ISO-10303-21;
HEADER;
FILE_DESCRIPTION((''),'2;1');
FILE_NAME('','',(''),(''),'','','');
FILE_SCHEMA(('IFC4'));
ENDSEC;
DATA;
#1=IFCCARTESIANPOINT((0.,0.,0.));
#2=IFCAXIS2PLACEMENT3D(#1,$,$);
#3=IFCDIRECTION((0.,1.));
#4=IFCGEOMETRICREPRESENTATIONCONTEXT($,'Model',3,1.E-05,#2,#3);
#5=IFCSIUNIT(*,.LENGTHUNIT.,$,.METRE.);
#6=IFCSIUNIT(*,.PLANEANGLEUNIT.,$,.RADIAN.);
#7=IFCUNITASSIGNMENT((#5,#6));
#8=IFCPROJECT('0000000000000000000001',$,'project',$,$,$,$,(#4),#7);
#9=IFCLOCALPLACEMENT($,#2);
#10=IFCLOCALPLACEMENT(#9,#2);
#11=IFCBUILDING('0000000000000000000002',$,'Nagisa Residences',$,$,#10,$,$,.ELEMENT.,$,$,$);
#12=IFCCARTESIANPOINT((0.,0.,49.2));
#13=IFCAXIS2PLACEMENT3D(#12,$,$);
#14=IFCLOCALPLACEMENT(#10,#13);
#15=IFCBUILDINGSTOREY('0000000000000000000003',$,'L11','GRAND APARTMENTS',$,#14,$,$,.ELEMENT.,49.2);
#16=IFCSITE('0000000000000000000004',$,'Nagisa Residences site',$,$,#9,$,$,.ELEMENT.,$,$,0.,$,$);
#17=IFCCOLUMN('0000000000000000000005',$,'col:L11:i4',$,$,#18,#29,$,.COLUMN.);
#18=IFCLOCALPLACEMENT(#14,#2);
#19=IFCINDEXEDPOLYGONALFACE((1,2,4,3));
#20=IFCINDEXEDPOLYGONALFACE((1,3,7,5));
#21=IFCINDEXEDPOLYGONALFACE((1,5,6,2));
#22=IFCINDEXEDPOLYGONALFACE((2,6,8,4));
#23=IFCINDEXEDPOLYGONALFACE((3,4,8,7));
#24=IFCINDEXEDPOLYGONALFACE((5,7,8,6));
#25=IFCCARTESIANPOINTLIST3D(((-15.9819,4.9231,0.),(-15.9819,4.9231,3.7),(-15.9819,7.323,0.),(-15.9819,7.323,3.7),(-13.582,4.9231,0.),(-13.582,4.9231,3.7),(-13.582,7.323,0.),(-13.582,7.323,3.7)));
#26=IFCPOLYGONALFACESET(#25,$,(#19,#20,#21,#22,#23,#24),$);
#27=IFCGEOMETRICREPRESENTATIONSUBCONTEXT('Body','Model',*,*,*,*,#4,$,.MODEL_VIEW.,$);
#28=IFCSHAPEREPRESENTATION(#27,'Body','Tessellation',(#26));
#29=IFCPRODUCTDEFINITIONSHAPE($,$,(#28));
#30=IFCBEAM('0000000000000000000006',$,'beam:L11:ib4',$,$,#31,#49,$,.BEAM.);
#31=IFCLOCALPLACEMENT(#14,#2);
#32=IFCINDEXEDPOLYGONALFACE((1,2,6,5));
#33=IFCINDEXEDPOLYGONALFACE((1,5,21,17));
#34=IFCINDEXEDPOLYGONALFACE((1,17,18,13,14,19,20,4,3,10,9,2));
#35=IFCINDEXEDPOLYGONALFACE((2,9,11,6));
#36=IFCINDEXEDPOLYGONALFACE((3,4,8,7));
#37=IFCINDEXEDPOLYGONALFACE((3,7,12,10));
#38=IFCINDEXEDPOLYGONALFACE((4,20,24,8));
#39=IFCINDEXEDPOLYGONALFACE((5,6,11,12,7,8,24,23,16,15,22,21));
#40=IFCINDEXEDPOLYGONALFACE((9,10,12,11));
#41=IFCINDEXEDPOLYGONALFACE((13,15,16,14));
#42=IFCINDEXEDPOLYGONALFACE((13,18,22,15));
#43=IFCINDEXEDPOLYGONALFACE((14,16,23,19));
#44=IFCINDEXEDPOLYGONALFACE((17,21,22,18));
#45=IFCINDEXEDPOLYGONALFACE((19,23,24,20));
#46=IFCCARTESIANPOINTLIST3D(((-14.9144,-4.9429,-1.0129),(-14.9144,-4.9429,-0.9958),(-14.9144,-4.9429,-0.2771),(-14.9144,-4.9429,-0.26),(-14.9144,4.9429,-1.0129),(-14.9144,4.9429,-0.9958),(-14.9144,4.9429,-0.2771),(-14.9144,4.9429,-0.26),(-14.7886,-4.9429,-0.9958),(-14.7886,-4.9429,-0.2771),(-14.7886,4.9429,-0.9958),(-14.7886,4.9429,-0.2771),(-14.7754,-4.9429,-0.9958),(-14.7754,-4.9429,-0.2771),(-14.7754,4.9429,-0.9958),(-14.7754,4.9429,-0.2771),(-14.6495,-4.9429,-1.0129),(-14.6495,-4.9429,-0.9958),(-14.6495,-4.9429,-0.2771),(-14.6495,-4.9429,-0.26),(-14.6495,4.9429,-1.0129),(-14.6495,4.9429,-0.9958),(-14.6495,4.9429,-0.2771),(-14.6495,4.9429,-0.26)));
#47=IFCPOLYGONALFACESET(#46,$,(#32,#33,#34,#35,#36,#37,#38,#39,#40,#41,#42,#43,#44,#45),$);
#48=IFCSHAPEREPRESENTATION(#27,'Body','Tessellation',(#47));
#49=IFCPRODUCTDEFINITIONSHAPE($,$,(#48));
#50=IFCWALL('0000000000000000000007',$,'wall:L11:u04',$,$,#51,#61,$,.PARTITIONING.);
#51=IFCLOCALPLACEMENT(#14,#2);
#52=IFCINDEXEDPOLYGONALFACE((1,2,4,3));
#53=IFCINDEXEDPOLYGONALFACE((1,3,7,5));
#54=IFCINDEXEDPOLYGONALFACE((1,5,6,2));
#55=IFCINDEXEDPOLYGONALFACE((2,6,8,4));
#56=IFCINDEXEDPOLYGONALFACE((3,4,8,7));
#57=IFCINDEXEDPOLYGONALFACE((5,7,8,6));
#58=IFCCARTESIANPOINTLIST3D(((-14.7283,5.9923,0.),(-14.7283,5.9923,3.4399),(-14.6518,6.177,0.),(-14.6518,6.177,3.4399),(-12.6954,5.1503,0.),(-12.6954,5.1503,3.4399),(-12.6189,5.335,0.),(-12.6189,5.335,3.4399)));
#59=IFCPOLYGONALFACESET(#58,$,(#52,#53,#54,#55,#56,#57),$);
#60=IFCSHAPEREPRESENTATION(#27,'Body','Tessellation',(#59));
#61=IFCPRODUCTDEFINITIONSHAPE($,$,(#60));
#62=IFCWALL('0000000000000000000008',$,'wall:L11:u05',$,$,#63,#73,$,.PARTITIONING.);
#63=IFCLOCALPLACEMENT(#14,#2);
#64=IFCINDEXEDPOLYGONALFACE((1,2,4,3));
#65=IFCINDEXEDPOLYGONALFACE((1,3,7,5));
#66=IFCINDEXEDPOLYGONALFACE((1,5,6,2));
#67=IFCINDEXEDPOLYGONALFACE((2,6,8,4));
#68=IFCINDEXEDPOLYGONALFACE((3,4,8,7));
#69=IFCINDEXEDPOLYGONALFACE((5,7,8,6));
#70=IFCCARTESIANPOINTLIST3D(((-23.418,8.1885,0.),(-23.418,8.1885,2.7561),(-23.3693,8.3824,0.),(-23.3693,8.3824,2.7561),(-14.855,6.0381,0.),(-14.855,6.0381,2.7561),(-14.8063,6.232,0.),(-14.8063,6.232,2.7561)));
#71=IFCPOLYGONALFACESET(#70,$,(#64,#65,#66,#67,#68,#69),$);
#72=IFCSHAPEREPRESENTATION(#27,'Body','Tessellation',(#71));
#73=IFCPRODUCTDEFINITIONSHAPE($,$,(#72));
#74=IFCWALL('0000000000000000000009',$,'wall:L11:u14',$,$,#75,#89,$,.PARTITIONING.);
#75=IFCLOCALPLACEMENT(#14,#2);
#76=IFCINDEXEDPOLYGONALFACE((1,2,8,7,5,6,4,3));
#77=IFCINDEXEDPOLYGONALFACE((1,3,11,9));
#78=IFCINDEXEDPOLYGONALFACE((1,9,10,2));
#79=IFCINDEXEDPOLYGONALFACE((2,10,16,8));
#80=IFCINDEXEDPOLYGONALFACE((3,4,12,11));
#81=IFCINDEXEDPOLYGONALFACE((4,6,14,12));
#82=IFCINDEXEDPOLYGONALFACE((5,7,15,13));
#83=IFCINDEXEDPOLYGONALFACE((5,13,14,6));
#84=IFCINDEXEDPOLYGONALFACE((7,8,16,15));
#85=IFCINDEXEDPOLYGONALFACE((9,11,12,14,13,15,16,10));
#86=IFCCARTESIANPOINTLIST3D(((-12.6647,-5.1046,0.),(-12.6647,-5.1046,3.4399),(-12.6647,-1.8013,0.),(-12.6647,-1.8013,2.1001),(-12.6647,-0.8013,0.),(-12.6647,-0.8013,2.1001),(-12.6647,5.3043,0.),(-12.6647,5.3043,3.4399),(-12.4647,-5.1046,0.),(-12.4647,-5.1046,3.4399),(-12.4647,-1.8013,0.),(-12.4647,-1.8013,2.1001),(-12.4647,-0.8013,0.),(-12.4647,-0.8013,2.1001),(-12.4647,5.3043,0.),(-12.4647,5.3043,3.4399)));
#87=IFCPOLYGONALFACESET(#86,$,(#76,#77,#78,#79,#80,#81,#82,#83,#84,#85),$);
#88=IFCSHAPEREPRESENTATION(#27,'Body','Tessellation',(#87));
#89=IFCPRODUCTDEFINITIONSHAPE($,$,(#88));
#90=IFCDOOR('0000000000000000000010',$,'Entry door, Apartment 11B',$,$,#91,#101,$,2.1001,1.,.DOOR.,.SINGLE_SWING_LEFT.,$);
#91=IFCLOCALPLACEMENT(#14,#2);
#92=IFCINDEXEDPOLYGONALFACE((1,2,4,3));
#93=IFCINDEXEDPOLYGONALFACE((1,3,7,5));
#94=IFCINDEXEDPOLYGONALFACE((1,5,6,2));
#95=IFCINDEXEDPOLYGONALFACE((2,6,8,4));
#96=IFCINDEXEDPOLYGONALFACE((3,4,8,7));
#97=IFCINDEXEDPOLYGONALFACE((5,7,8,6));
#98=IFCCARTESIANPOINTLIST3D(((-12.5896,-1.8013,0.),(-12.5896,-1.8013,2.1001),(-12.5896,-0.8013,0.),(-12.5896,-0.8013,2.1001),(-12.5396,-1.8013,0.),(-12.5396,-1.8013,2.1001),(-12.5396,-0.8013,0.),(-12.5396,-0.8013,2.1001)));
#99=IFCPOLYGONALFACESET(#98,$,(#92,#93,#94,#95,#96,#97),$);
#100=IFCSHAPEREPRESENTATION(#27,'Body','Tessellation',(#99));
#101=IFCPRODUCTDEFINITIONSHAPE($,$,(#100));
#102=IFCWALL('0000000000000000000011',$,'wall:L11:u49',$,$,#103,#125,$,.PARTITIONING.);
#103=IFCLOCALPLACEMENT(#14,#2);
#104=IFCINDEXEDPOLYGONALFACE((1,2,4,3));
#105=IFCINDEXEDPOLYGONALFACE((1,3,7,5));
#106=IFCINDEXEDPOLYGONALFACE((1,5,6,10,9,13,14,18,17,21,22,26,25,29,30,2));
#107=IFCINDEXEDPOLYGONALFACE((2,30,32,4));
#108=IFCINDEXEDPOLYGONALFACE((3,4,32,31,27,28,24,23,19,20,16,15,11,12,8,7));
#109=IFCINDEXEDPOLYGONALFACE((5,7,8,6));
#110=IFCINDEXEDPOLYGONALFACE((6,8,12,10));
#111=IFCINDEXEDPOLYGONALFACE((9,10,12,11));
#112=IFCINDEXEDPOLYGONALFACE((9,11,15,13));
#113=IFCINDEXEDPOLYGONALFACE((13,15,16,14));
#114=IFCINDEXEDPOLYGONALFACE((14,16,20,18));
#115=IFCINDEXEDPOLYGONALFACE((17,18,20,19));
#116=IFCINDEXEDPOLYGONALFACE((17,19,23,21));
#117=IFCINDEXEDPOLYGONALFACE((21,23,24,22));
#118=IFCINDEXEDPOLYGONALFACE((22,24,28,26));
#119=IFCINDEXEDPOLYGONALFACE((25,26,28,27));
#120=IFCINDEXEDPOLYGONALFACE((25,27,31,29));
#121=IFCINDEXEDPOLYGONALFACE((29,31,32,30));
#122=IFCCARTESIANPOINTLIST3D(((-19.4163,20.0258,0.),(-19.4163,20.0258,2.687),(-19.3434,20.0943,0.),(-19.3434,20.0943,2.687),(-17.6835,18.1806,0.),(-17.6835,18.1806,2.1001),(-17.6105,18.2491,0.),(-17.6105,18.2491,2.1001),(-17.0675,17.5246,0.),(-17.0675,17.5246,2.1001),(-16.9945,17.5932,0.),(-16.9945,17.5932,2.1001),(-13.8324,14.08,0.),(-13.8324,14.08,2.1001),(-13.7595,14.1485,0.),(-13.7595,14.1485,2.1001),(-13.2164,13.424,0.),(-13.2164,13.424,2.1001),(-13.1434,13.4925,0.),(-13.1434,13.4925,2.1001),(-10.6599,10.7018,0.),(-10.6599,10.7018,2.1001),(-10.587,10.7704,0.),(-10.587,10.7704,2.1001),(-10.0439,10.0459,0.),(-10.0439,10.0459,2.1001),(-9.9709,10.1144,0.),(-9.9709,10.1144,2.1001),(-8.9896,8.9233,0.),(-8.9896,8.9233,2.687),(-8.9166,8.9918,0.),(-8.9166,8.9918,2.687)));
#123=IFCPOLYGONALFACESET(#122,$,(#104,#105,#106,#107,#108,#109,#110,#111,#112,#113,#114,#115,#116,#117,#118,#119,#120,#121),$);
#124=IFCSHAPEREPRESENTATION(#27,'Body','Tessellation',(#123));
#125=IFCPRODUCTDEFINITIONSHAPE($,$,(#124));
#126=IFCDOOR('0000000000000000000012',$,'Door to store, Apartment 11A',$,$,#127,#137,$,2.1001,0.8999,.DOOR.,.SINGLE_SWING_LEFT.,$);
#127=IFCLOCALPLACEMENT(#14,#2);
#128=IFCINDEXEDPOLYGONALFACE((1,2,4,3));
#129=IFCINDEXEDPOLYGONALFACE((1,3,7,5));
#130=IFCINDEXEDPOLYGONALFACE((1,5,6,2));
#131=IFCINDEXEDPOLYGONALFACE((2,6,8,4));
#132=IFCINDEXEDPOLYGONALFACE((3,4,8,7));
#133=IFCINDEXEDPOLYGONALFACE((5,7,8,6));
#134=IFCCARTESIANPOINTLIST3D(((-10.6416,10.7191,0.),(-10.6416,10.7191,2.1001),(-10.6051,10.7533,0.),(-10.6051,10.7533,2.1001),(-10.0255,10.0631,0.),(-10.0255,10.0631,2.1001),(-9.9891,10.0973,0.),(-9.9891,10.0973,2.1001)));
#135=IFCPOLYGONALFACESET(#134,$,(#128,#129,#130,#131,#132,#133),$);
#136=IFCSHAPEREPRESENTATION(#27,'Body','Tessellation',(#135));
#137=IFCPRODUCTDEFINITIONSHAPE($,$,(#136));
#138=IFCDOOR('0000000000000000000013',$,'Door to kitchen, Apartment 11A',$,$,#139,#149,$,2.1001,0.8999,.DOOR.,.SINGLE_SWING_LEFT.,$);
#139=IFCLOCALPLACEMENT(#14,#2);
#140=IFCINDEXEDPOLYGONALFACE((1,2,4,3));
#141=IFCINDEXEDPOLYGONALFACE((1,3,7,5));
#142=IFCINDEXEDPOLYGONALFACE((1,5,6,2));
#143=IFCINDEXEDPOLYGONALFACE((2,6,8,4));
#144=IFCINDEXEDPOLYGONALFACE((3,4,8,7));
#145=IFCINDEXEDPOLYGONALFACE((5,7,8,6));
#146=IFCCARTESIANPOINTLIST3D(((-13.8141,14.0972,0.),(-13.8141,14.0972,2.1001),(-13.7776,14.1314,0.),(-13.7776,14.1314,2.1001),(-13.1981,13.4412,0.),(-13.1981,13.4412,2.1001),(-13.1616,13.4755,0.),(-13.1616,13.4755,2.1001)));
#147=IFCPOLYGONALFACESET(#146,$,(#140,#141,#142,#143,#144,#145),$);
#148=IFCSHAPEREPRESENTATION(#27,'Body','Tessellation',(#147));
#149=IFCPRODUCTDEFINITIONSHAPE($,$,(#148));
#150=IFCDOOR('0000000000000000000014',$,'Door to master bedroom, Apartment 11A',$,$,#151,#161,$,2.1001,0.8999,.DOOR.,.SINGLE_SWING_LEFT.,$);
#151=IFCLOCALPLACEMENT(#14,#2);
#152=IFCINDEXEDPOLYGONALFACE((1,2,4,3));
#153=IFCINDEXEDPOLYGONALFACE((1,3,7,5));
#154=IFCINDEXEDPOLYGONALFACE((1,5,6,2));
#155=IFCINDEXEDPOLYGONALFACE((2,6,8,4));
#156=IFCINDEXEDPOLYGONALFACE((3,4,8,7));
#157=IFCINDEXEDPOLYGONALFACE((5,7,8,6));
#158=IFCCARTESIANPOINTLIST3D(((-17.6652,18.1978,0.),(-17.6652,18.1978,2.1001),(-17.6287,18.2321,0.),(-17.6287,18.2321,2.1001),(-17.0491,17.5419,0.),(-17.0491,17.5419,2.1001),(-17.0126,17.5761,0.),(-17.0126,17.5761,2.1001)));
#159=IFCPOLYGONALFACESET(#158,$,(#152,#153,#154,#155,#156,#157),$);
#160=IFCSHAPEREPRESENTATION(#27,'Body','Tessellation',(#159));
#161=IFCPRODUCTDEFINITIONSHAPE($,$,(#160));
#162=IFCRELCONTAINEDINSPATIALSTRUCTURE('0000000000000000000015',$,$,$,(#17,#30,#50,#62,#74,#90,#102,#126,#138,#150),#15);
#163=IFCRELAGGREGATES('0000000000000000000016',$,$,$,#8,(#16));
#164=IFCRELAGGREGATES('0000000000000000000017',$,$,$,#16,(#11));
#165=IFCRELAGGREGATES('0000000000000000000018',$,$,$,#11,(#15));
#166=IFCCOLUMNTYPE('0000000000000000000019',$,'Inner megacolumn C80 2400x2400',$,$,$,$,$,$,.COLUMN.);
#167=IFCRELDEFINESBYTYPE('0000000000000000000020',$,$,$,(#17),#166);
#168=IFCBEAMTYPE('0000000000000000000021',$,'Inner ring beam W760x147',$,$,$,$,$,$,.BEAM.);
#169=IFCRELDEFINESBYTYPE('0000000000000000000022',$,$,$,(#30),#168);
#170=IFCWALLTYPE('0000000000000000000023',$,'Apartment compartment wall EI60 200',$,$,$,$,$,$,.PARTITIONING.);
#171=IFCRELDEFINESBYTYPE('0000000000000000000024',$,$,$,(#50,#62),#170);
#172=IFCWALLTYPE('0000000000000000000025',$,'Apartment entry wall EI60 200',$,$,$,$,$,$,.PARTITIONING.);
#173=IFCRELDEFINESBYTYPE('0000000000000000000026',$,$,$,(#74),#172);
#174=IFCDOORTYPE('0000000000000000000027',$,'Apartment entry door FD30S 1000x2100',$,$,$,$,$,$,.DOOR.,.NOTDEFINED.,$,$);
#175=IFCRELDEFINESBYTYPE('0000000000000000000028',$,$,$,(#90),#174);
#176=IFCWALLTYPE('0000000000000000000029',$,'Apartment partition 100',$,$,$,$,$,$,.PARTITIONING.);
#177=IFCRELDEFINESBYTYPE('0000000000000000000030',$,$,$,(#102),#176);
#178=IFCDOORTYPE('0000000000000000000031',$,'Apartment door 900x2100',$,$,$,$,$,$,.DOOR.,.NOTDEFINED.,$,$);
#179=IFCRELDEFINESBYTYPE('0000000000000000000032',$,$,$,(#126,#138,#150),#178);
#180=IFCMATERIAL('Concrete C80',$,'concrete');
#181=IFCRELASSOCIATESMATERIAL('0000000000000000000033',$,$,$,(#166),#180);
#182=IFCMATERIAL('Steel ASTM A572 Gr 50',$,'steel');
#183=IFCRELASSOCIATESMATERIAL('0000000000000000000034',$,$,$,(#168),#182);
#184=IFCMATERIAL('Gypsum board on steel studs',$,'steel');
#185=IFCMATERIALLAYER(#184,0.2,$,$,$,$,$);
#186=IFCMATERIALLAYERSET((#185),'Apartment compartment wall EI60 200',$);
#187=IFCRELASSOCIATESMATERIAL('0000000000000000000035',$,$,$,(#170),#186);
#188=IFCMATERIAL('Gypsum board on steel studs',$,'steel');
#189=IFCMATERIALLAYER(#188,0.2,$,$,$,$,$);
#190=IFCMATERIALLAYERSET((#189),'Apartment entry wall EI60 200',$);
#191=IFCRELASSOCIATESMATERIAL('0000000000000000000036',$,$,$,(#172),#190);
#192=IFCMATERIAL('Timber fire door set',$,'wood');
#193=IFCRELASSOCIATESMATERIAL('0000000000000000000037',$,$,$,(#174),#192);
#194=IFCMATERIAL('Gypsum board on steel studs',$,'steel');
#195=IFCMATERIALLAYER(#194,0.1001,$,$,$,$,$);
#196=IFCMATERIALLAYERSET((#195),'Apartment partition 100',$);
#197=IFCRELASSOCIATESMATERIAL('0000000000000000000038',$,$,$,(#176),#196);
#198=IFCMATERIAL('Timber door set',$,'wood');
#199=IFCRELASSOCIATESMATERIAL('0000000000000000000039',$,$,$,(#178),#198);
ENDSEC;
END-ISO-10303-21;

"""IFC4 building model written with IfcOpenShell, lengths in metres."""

from ifc_helpers import new_model, si_unit, direction, frame, frame_2d, origin, origin_2d, place, context, subcontext, project, spatial, rectangle, i_section, extrude, material, layer, layer_set, material_profile, profile_set, type_object, element, fill, save


model = new_model("IFC4")

# Units and contexts
model_context = context("Model", 3, precision=1e-05, world=origin(), true_north=direction((0.0, 1.0)))
body_context = subcontext(model_context, "Body", "Model", "MODEL_VIEW")
ifc_project = project(units=[si_unit("LENGTHUNIT", "METRE"), si_unit("PLANEANGLEUNIT", "RADIAN")], contexts=[model_context])

# Site, building, storey
site_placement = place(None, origin())
site = spatial("IfcSite", under=ifc_project, at=site_placement, Name="Nagisa Residences site", CompositionType="ELEMENT", RefElevation=0.0)
building_placement = place(site_placement, origin())
building = spatial("IfcBuilding", under=site, at=building_placement, Name="Nagisa Residences", CompositionType="ELEMENT")
storey_placement = place(building_placement, frame((0.0, 0.0, 49.2)))
storey = spatial("IfcBuildingStorey", under=building, at=storey_placement, Name="L11", Description="GRAND APARTMENTS", CompositionType="ELEMENT", Elevation=49.2)

# Column
ifc_material_1 = material(Name="Concrete C80", Category="concrete")
ifc_material_profile_1 = material_profile(ifc_material_1, rectangle(XDim=2.3999, YDim=2.3999, at=origin_2d()), Name="C80 2400x2400")
ifc_profile_set_1 = profile_set([ifc_material_profile_1], Name="Concrete C80")
column_type = type_object("IfcColumnType", Name="Inner megacolumn C80 2400x2400", PredefinedType="COLUMN", material=ifc_profile_set_1)
column_placement = place(storey_placement, frame((-14.782, 6.123, 0.0), z_axis=(0.0, 0.0, 1.0), x_axis=(1.0, 0.0, 0.0)))
element("IfcColumn", 1, at=column_placement, inside=storey, type_object=column_type, Name="col:L11:i4", PredefinedType="COLUMN", context=body_context, shape_type="SweptSolid", body=[
    extrude(rectangle(XDim=2.3999, YDim=2.3999, at=origin_2d()), origin(), (0.0, 0.0, 1.0), 3.7),
])

# Beam
ifc_material_2 = material(Name="Steel ASTM A572 Gr 50", Category="steel")
ifc_material_profile_2 = material_profile(ifc_material_2, i_section(OverallWidth=0.2649, OverallDepth=0.7529, WebThickness=0.0132, FlangeThickness=0.0171, at=origin_2d()), Name="W760x147")
ifc_profile_set_2 = profile_set([ifc_material_profile_2], Name="Steel ASTM A572 Gr 50")
beam_type = type_object("IfcBeamType", Name="Inner ring beam W760x147", PredefinedType="BEAM", material=ifc_profile_set_2)
beam_placement = place(storey_placement, frame((-14.782, 4.9429, -0.6365), z_axis=(0.0, -1.0, 0.0), x_axis=(1.0, 0.0, 0.0)))
element("IfcBeam", 2, at=beam_placement, inside=storey, type_object=beam_type, Name="beam:L11:ib4", PredefinedType="BEAM", context=body_context, shape_type="SweptSolid", body=[
    extrude(i_section(OverallWidth=0.2649, OverallDepth=0.7529, WebThickness=0.0132, FlangeThickness=0.0171, at=origin_2d()), origin(), (0.0, 0.0, 1.0), 9.8857),
])

# Walls
ifc_material_3 = material(Name="Gypsum board on steel studs", Category="steel")
ifc_layer_1 = layer(ifc_material_3, 0.2)
ifc_layer_set_1 = layer_set([ifc_layer_1], Name="Apartment compartment wall EI60 200")
wall_type_1 = type_object("IfcWallType", Name="Apartment compartment wall EI60 200", PredefinedType="PARTITIONING", material=ifc_layer_set_1)
wall_1_placement = place(storey_placement, frame((-12.6572, 5.2427, 0.0), z_axis=(0.0, 0.0, 1.0), x_axis=(-0.923886, 0.382669, 0.0)))
element("IfcWall", 3, at=wall_1_placement, inside=storey, type_object=wall_type_1, Name="wall:L11:u04", PredefinedType="PARTITIONING", context=body_context, shape_type="SweptSolid", body=[
    extrude(rectangle(XDim=2.2004, YDim=0.2, at=frame_2d((1.1001, 0.0))), origin(), (0.0, 0.0, 1.0), 3.4399),
])
wall_2_placement = place(storey_placement, frame((-14.8306, 6.135, 0.0), z_axis=(0.0, 0.0, 1.0), x_axis=(-0.969885, 0.243564, 0.0)))
element("IfcWall", 4, at=wall_2_placement, inside=storey, type_object=wall_type_1, Name="wall:L11:u05", PredefinedType="PARTITIONING", context=body_context, shape_type="SweptSolid", body=[
    extrude(rectangle(XDim=8.8289, YDim=0.2, at=frame_2d((4.4146, 0.0))), origin(), (0.0, 0.0, 1.0), 2.7561),
])

# Wall, opening, door
ifc_material_4 = material(Name="Gypsum board on steel studs", Category="steel")
ifc_layer_2 = layer(ifc_material_4, 0.2)
ifc_layer_set_2 = layer_set([ifc_layer_2], Name="Apartment entry wall EI60 200")
wall_type_2 = type_object("IfcWallType", Name="Apartment entry wall EI60 200", PredefinedType="PARTITIONING", material=ifc_layer_set_2)
wall_3_placement = place(storey_placement, frame((-12.5647, 5.3044, 0.0), z_axis=(0.0, 0.0, 1.0), x_axis=(0.0, -1.0, 0.0)))
wall_3 = element("IfcWall", 5, at=wall_3_placement, inside=storey, type_object=wall_type_2, Name="wall:L11:u14", PredefinedType="PARTITIONING", context=body_context, shape_type="SweptSolid", body=[
    extrude(rectangle(XDim=10.4089, YDim=0.2, at=frame_2d((5.2046, 0.0))), origin(), (0.0, 0.0, 1.0), 3.4399),
])
opening_1_placement = place(wall_3_placement, frame((6.1057, 0.0, 0.0)))
opening_1 = element("IfcOpeningElement", 6, at=opening_1_placement, cuts=wall_3, PredefinedType="OPENING", context=body_context, shape_type="SweptSolid", body=[
    extrude(rectangle(XDim=1.0, YDim=2.1001, at=frame_2d((0.5, 1.05))), frame((0.0, 0.1099, 0.0), z_axis=(0.0, -1.0, 0.0), x_axis=(1.0, 0.0, 0.0)), (0.0, 0.0, 1.0), 0.22),
])
ifc_material_5 = material(Name="Timber fire door set", Category="wood")
door_type_1 = type_object("IfcDoorType", Name="Apartment entry door FD30S 1000x2100", OperationType="NOTDEFINED", PredefinedType="DOOR", material=ifc_material_5)
door_1_placement = place(opening_1_placement, frame((1.0, 0.0, 0.0), x_axis=(-1.0, 0.0, 0.0)))
door_1 = element("IfcDoor", 7, at=door_1_placement, inside=storey, type_object=door_type_1, Name="Entry door, Apartment 11B", OperationType="SINGLE_SWING_LEFT", OverallHeight=2.1001, OverallWidth=1.0, PredefinedType="DOOR", context=body_context, shape_type="SweptSolid", body=[
    extrude(rectangle(XDim=1.0, YDim=2.1001, at=frame_2d((0.5, 1.05))), frame((0.0, 0.0249, 0.0), z_axis=(0.0, -1.0, 0.0), x_axis=(1.0, 0.0, 0.0)), (0.0, 0.0, 1.0), 0.05),
])
fill(opening_1, door_1)

# Wall, openings, doors
ifc_material_6 = material(Name="Gypsum board on steel studs", Category="steel")
ifc_layer_3 = layer(ifc_material_6, 0.1001)
ifc_layer_set_3 = layer_set([ifc_layer_3], Name="Apartment partition 100")
wall_type_3 = type_object("IfcWallType", Name="Apartment partition 100", PredefinedType="PARTITIONING", material=ifc_layer_set_3)
wall_4_placement = place(storey_placement, frame((-8.9531, 8.9575, 0.0), z_axis=(0.0, 0.0, 1.0), x_axis=(-0.684574, 0.728943, 0.0)))
wall_4 = element("IfcWall", 8, at=wall_4_placement, inside=storey, type_object=wall_type_3, Name="wall:L11:u49", PredefinedType="PARTITIONING", context=body_context, shape_type="SweptSolid", body=[
    extrude(rectangle(XDim=15.231, YDim=0.1001, at=frame_2d((7.6155, 0.0))), origin(), (0.0, 0.0, 1.0), 2.687),
])
opening_2_placement = place(wall_4_placement, frame((1.54, 0.0, 0.0)))
opening_2 = element("IfcOpeningElement", 9, at=opening_2_placement, cuts=wall_4, PredefinedType="OPENING", context=body_context, shape_type="SweptSolid", body=[
    extrude(rectangle(XDim=0.8999, YDim=2.1001, at=frame_2d((0.45, 1.05))), frame((0.0, 0.0601, 0.0), z_axis=(0.0, -1.0, 0.0), x_axis=(1.0, 0.0, 0.0)), (0.0, 0.0, 1.0), 0.1201),
])
opening_3_placement = place(wall_4_placement, frame((6.1743, 0.0, 0.0)))
opening_3 = element("IfcOpeningElement", 10, at=opening_3_placement, cuts=wall_4, PredefinedType="OPENING", context=body_context, shape_type="SweptSolid", body=[
    extrude(rectangle(XDim=0.8999, YDim=2.1001, at=frame_2d((0.45, 1.05))), frame((0.0, 0.0601, 0.0), z_axis=(0.0, -1.0, 0.0), x_axis=(1.0, 0.0, 0.0)), (0.0, 0.0, 1.0), 0.1201),
])
opening_4_placement = place(wall_4_placement, frame((11.7998, 0.0, 0.0)))
opening_4 = element("IfcOpeningElement", 11, at=opening_4_placement, cuts=wall_4, PredefinedType="OPENING", context=body_context, shape_type="SweptSolid", body=[
    extrude(rectangle(XDim=0.8999, YDim=2.1001, at=frame_2d((0.45, 1.05))), frame((0.0, 0.0601, 0.0), z_axis=(0.0, -1.0, 0.0), x_axis=(1.0, 0.0, 0.0)), (0.0, 0.0, 1.0), 0.1201),
])
ifc_material_7 = material(Name="Timber door set", Category="wood")
door_type_2 = type_object("IfcDoorType", Name="Apartment door 900x2100", OperationType="NOTDEFINED", PredefinedType="DOOR", material=ifc_material_7)
door_2_placement = place(opening_2_placement, origin())
door_2 = element("IfcDoor", 12, at=door_2_placement, inside=storey, type_object=door_type_2, Name="Door to store, Apartment 11A", OperationType="SINGLE_SWING_LEFT", OverallHeight=2.1001, OverallWidth=0.8999, PredefinedType="DOOR", context=body_context, shape_type="SweptSolid", body=[
    extrude(rectangle(XDim=0.8999, YDim=2.1001, at=frame_2d((0.45, 1.05))), frame((0.0, 0.0249, 0.0), z_axis=(0.0, -1.0, 0.0), x_axis=(1.0, 0.0, 0.0)), (0.0, 0.0, 1.0), 0.05),
])
fill(opening_2, door_2)
door_3_placement = place(opening_3_placement, origin())
door_3 = element("IfcDoor", 13, at=door_3_placement, inside=storey, type_object=door_type_2, Name="Door to kitchen, Apartment 11A", OperationType="SINGLE_SWING_LEFT", OverallHeight=2.1001, OverallWidth=0.8999, PredefinedType="DOOR", context=body_context, shape_type="SweptSolid", body=[
    extrude(rectangle(XDim=0.8999, YDim=2.1001, at=frame_2d((0.45, 1.05))), frame((0.0, 0.0249, 0.0), z_axis=(0.0, -1.0, 0.0), x_axis=(1.0, 0.0, 0.0)), (0.0, 0.0, 1.0), 0.05),
])
fill(opening_3, door_3)
door_4_placement = place(opening_4_placement, origin())
door_4 = element("IfcDoor", 14, at=door_4_placement, inside=storey, type_object=door_type_2, Name="Door to master bedroom, Apartment 11A", OperationType="SINGLE_SWING_LEFT", OverallHeight=2.1001, OverallWidth=0.8999, PredefinedType="DOOR", context=body_context, shape_type="SweptSolid", body=[
    extrude(rectangle(XDim=0.8999, YDim=2.1001, at=frame_2d((0.45, 1.05))), frame((0.0, 0.0249, 0.0), z_axis=(0.0, -1.0, 0.0), x_axis=(1.0, 0.0, 0.0)), (0.0, 0.0, 1.0), 0.05),
])
fill(opening_4, door_4)

save(model, "model.ifc")
